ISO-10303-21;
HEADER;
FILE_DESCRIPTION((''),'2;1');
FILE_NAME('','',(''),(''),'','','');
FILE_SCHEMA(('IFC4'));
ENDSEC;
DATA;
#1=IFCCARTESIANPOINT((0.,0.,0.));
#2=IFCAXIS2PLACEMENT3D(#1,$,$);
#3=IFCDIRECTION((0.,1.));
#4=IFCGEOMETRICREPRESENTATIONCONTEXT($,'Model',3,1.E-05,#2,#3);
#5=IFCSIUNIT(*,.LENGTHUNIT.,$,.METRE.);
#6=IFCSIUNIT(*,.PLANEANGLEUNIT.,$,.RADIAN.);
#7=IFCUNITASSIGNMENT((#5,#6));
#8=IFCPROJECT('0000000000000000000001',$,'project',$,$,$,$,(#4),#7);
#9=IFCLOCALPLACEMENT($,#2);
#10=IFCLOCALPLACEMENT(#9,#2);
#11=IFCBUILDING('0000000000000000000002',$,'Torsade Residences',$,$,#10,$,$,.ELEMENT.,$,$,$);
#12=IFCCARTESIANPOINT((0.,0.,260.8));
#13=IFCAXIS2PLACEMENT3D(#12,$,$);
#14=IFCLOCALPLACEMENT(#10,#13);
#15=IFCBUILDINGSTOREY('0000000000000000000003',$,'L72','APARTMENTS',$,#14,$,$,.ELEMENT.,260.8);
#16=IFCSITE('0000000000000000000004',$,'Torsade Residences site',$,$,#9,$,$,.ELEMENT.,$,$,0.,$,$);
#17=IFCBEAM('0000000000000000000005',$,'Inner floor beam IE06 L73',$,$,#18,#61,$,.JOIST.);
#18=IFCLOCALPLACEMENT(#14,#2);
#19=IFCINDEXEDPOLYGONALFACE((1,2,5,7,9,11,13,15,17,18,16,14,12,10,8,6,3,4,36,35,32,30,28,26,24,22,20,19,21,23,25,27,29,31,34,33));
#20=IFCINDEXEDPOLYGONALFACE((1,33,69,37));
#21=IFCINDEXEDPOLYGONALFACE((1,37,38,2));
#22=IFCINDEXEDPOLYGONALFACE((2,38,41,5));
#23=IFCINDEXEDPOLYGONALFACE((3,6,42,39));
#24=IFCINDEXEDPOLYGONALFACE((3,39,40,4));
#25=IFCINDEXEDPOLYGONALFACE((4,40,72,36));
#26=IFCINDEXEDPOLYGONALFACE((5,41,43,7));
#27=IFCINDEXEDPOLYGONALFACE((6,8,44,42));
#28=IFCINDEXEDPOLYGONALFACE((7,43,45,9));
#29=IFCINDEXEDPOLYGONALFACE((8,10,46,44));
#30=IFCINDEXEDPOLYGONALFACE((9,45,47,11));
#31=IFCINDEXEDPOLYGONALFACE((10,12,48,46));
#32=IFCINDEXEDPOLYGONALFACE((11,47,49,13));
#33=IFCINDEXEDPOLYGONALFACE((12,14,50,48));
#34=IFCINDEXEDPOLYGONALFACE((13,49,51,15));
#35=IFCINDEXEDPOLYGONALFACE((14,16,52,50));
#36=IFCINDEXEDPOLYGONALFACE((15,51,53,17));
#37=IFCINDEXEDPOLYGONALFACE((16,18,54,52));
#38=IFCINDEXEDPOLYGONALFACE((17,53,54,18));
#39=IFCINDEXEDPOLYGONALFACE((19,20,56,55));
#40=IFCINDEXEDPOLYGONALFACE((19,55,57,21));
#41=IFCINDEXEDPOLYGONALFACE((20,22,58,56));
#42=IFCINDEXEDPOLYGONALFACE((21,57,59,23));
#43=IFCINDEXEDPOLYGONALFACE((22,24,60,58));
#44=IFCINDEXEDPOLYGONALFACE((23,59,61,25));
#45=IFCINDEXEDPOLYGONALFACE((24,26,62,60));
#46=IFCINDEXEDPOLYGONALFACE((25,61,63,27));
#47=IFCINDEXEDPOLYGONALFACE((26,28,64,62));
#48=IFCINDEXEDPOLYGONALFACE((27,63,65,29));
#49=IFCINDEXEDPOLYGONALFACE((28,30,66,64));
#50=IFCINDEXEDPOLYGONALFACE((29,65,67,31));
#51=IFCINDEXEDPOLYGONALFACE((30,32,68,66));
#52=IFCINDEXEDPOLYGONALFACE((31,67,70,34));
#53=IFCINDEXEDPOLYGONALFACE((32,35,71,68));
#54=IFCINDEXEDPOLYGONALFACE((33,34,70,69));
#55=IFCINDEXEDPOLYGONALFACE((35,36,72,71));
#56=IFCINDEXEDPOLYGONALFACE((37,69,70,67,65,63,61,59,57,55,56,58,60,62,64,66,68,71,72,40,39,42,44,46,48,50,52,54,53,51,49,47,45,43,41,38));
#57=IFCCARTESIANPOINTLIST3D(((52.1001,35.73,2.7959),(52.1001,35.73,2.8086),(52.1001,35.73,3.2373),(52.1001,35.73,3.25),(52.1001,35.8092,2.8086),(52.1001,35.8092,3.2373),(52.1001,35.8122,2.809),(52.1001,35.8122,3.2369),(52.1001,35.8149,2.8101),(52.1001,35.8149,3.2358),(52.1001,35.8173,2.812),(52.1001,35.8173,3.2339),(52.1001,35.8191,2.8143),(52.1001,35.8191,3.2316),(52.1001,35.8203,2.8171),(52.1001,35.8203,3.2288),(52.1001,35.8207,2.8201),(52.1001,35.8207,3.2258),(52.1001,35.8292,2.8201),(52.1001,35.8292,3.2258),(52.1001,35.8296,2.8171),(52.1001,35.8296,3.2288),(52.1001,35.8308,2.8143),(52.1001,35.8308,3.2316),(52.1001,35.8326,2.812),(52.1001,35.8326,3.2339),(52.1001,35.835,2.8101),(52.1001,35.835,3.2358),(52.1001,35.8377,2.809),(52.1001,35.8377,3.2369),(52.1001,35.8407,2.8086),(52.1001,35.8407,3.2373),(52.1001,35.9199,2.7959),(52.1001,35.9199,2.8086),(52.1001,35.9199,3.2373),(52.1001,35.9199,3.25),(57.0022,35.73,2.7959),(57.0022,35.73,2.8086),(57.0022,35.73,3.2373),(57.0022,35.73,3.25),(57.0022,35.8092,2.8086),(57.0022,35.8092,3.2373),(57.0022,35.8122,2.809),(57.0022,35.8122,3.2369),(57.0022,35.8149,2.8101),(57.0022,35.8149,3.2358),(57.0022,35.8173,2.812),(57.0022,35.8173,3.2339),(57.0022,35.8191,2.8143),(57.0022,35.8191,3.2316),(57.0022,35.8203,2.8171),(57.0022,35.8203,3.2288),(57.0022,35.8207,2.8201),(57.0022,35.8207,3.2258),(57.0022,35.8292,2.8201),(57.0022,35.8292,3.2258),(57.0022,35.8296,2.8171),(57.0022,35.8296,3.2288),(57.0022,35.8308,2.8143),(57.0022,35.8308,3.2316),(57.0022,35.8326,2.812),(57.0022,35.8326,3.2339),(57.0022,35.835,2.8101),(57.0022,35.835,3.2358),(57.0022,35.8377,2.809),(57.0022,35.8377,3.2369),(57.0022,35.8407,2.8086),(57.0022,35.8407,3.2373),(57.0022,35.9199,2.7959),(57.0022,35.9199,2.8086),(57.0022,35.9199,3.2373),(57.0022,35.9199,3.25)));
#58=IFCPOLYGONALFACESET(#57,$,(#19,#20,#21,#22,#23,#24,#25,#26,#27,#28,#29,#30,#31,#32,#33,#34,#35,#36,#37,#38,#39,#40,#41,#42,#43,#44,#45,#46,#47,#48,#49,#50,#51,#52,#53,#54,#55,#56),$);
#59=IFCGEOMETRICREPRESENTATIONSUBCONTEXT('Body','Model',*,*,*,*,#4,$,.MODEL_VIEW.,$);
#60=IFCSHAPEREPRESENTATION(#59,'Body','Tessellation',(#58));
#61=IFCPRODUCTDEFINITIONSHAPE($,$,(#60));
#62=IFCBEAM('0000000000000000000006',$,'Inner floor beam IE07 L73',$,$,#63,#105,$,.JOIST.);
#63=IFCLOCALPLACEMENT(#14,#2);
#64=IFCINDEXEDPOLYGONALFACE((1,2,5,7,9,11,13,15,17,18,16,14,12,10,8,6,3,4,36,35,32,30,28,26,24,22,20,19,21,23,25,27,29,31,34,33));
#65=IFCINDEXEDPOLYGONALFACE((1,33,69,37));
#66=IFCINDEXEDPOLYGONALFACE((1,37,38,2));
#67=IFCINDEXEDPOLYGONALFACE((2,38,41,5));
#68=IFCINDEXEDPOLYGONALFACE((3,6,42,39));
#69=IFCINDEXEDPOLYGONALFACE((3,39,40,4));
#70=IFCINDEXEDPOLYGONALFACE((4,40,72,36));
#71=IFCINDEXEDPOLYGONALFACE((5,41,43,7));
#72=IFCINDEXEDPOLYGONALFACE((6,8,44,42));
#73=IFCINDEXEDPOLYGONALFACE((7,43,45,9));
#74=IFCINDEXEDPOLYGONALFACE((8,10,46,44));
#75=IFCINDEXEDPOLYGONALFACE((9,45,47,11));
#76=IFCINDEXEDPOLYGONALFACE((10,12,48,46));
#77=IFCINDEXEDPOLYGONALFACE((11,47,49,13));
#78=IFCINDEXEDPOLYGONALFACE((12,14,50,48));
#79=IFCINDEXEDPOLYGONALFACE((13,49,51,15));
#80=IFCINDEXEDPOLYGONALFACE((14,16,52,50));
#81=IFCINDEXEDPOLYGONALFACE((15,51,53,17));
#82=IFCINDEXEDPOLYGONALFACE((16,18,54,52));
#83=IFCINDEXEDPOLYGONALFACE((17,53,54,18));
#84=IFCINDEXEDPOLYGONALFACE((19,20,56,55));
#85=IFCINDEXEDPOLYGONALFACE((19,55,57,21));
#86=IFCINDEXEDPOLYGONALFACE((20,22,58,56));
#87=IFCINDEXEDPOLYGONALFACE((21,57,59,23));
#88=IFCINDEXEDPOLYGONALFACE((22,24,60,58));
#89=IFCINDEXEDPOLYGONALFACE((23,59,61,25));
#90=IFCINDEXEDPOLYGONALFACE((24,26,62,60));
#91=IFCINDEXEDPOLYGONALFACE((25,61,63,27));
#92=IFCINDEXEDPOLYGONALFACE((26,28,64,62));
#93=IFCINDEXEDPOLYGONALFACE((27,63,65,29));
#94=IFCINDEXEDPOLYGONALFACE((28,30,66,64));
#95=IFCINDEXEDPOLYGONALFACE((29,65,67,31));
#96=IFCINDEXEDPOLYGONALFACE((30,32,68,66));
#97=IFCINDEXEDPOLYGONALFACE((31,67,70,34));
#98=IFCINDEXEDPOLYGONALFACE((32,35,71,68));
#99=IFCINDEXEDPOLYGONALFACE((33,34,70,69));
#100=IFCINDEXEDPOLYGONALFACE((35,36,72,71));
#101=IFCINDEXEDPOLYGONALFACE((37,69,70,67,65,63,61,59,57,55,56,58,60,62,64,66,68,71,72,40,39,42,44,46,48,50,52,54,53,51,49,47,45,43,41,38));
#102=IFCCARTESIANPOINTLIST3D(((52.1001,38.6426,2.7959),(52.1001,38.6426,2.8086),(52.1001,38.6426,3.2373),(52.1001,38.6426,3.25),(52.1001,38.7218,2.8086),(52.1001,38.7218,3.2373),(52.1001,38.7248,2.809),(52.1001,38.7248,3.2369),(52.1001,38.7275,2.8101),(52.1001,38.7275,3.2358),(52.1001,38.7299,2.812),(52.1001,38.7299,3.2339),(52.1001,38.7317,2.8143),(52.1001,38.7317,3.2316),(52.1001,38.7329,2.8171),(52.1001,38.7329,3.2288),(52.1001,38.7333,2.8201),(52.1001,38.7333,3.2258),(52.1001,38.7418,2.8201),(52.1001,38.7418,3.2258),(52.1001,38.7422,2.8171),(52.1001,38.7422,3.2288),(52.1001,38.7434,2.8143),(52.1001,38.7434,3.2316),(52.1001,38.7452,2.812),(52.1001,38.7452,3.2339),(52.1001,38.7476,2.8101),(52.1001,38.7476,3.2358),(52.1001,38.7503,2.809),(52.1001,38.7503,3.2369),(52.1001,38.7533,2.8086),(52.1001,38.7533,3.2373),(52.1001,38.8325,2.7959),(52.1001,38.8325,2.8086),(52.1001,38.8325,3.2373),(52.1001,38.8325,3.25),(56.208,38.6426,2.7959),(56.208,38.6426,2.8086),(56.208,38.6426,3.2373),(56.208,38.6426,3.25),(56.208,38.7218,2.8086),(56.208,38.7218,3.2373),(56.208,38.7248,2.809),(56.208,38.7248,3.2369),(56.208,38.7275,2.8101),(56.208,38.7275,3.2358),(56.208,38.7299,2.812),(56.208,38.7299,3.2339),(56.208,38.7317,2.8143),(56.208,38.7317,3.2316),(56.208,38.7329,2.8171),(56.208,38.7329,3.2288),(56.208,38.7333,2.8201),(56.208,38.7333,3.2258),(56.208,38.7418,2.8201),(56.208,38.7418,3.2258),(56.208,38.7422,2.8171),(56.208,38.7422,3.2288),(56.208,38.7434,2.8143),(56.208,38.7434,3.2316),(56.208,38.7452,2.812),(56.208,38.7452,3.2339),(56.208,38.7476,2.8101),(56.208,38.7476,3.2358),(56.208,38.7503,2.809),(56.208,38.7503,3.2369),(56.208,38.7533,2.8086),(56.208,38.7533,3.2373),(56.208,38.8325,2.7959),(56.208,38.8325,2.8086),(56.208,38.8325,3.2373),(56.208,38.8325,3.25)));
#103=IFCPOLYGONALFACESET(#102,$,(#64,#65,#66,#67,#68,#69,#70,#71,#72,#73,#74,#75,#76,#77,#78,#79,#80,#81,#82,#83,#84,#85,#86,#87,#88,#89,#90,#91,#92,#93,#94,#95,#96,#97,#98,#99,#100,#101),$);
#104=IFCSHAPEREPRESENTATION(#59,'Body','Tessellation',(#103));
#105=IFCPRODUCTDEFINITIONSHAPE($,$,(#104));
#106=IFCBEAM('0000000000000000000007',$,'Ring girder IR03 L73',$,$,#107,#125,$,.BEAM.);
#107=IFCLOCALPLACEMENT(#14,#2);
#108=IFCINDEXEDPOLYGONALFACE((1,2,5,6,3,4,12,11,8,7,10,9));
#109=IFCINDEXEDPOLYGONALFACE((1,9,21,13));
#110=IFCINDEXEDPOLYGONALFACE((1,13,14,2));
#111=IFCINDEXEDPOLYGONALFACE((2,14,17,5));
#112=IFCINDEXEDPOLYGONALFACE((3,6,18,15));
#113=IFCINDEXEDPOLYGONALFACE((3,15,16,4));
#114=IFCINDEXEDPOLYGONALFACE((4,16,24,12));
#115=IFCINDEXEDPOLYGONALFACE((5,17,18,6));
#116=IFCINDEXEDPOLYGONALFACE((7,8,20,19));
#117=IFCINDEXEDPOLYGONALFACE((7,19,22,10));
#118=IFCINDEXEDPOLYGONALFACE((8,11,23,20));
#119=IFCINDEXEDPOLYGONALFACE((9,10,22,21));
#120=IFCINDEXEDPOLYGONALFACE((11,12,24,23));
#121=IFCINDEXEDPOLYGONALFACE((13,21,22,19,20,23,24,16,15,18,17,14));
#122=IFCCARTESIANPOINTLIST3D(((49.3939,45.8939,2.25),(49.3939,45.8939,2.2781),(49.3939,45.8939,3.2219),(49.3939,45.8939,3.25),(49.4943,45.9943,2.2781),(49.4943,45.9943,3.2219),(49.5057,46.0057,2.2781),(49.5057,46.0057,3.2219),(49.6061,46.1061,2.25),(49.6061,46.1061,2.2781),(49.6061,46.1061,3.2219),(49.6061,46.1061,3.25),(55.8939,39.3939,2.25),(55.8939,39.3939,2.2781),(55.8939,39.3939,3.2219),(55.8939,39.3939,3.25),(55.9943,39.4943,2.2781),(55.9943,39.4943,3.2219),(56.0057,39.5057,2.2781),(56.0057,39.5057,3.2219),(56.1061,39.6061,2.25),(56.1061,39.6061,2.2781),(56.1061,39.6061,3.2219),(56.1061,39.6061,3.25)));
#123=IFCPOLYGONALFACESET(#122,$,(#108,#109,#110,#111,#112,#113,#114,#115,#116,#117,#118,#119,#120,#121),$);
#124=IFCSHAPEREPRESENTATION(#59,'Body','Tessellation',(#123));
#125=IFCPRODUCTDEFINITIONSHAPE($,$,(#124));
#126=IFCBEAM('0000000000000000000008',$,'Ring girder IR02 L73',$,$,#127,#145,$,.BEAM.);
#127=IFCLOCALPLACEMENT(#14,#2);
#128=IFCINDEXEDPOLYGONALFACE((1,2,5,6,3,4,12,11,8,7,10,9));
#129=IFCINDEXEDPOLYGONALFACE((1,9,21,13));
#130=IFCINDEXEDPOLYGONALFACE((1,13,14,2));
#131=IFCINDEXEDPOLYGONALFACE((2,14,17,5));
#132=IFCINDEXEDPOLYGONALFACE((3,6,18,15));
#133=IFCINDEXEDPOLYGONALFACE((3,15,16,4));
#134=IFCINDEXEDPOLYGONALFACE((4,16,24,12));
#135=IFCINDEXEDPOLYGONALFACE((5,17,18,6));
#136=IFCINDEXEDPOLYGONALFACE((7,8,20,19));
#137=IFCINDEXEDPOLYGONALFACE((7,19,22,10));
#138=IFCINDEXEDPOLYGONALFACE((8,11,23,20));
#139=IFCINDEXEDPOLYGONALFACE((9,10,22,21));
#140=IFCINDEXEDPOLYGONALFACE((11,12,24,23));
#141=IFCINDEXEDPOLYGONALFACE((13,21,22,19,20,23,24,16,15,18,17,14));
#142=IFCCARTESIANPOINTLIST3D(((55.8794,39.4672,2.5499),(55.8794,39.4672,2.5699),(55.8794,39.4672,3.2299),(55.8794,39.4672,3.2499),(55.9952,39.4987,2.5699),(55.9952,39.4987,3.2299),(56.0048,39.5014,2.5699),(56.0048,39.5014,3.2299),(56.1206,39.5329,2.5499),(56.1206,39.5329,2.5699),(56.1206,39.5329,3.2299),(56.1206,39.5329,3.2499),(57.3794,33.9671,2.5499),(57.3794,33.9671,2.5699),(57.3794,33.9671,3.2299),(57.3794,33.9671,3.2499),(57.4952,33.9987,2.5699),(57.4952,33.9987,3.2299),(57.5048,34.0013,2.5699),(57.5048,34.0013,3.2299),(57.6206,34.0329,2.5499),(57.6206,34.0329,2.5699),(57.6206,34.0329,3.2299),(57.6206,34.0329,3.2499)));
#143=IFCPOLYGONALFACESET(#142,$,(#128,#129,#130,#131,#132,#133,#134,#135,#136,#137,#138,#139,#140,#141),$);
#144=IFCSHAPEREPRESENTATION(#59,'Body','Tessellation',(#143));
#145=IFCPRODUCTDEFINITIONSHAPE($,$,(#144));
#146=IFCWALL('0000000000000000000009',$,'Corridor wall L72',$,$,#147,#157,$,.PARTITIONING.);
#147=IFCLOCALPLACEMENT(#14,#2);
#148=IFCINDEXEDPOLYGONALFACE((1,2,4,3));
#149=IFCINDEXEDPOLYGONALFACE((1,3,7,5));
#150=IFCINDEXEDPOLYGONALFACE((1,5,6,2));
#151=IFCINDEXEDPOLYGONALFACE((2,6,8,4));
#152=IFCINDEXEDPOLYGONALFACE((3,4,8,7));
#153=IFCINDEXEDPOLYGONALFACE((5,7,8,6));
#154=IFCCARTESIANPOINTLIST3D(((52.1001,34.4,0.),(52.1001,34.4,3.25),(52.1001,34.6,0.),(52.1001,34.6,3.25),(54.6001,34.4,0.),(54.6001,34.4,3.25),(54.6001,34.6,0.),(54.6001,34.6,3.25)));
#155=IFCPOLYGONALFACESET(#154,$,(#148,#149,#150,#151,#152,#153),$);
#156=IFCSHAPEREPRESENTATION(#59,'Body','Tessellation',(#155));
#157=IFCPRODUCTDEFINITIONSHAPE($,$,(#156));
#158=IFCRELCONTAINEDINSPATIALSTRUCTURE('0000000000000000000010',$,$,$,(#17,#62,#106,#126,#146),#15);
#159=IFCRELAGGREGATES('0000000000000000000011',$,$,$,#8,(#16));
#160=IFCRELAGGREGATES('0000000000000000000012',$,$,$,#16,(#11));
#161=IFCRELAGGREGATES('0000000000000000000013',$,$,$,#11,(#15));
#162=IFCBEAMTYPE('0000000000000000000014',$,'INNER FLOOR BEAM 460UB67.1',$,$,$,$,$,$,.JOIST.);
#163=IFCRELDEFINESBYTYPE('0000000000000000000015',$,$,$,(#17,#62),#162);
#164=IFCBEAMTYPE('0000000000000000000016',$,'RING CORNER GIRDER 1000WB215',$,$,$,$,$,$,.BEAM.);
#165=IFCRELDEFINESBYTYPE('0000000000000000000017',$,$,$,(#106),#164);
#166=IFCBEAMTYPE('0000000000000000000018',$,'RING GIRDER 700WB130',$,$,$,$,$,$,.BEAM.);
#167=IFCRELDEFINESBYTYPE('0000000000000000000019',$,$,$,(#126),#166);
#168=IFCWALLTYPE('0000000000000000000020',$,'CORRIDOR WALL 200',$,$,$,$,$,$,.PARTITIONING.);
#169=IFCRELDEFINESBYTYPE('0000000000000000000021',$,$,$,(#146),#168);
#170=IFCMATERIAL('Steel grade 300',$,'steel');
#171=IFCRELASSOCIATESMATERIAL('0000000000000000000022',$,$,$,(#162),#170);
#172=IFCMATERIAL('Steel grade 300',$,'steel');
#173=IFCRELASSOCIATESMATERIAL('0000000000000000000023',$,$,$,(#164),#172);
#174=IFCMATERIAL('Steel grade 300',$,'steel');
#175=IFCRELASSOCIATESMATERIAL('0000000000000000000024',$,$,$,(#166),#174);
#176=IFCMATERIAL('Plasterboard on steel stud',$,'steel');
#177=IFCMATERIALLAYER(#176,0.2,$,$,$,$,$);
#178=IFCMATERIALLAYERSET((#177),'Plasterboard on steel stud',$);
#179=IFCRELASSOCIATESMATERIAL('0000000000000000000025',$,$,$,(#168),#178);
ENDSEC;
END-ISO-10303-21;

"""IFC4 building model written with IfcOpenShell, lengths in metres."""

from ifc_helpers import new_model, si_unit, direction, frame, frame_2d, origin, origin_2d, place, context, subcontext, project, spatial, rectangle, i_section, extrude, material, layer, layer_set, material_profile, profile_set, type_object, element, save


model = new_model("IFC4")

# Units and contexts
model_context = context("Model", 3, precision=1e-05, world=origin(), true_north=direction((0.0, 1.0)))
body_context = subcontext(model_context, "Body", "Model", "MODEL_VIEW")
ifc_project = project(units=[si_unit("LENGTHUNIT", "METRE"), si_unit("PLANEANGLEUNIT", "RADIAN")], contexts=[model_context])

# Site, building, storey
site_placement = place(None, origin())
site = spatial("IfcSite", under=ifc_project, at=site_placement, Name="Torsade Residences site", CompositionType="ELEMENT", RefElevation=0.0)
building_placement = place(site_placement, origin())
building = spatial("IfcBuilding", under=site, at=building_placement, Name="Torsade Residences", CompositionType="ELEMENT")
storey_placement = place(building_placement, frame((0.0, 0.0, 260.8)))
storey = spatial("IfcBuildingStorey", under=building, at=storey_placement, Name="L72", Description="APARTMENTS", CompositionType="ELEMENT", Elevation=260.8)

# Beams
ifc_material_1 = material(Name="Steel grade 300", Category="steel")
ifc_material_profile_1 = material_profile(ifc_material_1, i_section(OverallWidth=0.1899, OverallDepth=0.4541, WebThickness=0.0085, FlangeThickness=0.0127, FilletRadius=0.0115, at=origin_2d()), Name="460UB67.1")
ifc_profile_set_1 = profile_set([ifc_material_profile_1], Name="Steel grade 300")
beam_type_1 = type_object("IfcBeamType", Name="INNER FLOOR BEAM 460UB67.1", PredefinedType="JOIST", material=ifc_profile_set_1)
beam_1_placement = place(storey_placement, frame((52.1001, 35.825, 3.0229), z_axis=(1.0, 0.0, 0.0), x_axis=(0.0, 1.0, 0.0)))
element("IfcBeam", 1, at=beam_1_placement, inside=storey, type_object=beam_type_1, Name="Inner floor beam IE06 L73", PredefinedType="JOIST", context=body_context, shape_type="SweptSolid", body=[
    extrude(i_section(OverallWidth=0.1899, OverallDepth=0.4541, WebThickness=0.0085, FlangeThickness=0.0127, FilletRadius=0.0115, at=origin_2d()), origin(), (0.0, 0.0, 1.0), 4.9021),
])
beam_2_placement = place(storey_placement, frame((52.1001, 38.7375, 3.0229), z_axis=(1.0, 0.0, 0.0), x_axis=(0.0, 1.0, 0.0)))
element("IfcBeam", 2, at=beam_2_placement, inside=storey, type_object=beam_type_1, Name="Inner floor beam IE07 L73", PredefinedType="JOIST", context=body_context, shape_type="SweptSolid", body=[
    extrude(i_section(OverallWidth=0.1899, OverallDepth=0.4541, WebThickness=0.0085, FlangeThickness=0.0127, FilletRadius=0.0115, at=origin_2d()), origin(), (0.0, 0.0, 1.0), 4.1079),
])
ifc_material_2 = material(Name="Steel grade 300", Category="steel")
ifc_material_profile_2 = material_profile(ifc_material_2, i_section(OverallWidth=0.3, OverallDepth=1.0, WebThickness=0.0161, FlangeThickness=0.0281, at=origin_2d()), Name="1000WB215")
ifc_profile_set_2 = profile_set([ifc_material_profile_2], Name="Steel grade 300")
beam_type_2 = type_object("IfcBeamType", Name="RING CORNER GIRDER 1000WB215", PredefinedType="BEAM", material=ifc_profile_set_2)
beam_3_placement = place(storey_placement, frame((56.0, 39.5, 2.75), z_axis=(-0.707107, 0.707107, 0.0), x_axis=(-0.707107, -0.707107, 0.0)))
element("IfcBeam", 3, at=beam_3_placement, inside=storey, type_object=beam_type_2, Name="Ring girder IR03 L73", PredefinedType="BEAM", context=body_context, shape_type="SweptSolid", body=[
    extrude(i_section(OverallWidth=0.3, OverallDepth=1.0, WebThickness=0.0161, FlangeThickness=0.0281, at=origin_2d()), origin(), (0.0, 0.0, 1.0), 9.1924),
])
ifc_material_3 = material(Name="Steel grade 300", Category="steel")
ifc_material_profile_3 = material_profile(ifc_material_3, i_section(OverallWidth=0.25, OverallDepth=0.7, WebThickness=0.01, FlangeThickness=0.02, at=origin_2d()), Name="700WB130")
ifc_profile_set_3 = profile_set([ifc_material_profile_3], Name="Steel grade 300")
beam_type_3 = type_object("IfcBeamType", Name="RING GIRDER 700WB130", PredefinedType="BEAM", material=ifc_profile_set_3)
beam_4_placement = place(storey_placement, frame((57.5, 34.0, 2.8999), z_axis=(-0.263117, 0.964764, 0.0), x_axis=(-0.964764, -0.263117, 0.0)))
element("IfcBeam", 4, at=beam_4_placement, inside=storey, type_object=beam_type_3, Name="Ring girder IR02 L73", PredefinedType="BEAM", context=body_context, shape_type="SweptSolid", body=[
    extrude(i_section(OverallWidth=0.25, OverallDepth=0.7, WebThickness=0.01, FlangeThickness=0.02, at=origin_2d()), origin(), (0.0, 0.0, 1.0), 5.7009),
])

# Wall
ifc_material_4 = material(Name="Plasterboard on steel stud", Category="steel")
ifc_layer_1 = layer(ifc_material_4, 0.2)
ifc_layer_set_1 = layer_set([ifc_layer_1], Name="Plasterboard on steel stud")
wall_type_1 = type_object("IfcWallType", Name="CORRIDOR WALL 200", PredefinedType="PARTITIONING", material=ifc_layer_set_1)
wall_1_placement = place(storey_placement, frame((52.1001, 34.5, 0.0), z_axis=(0.0, 0.0, 1.0), x_axis=(1.0, 0.0, 0.0)))
element("IfcWall", 5, at=wall_1_placement, inside=storey, type_object=wall_type_1, Name="Corridor wall L72", PredefinedType="PARTITIONING", context=body_context, shape_type="SweptSolid", body=[
    extrude(rectangle(XDim=2.5, YDim=0.2, at=frame_2d((1.25, 0.0))), origin(), (0.0, 0.0, 1.0), 3.25),
])

save(model, "model.ifc")
